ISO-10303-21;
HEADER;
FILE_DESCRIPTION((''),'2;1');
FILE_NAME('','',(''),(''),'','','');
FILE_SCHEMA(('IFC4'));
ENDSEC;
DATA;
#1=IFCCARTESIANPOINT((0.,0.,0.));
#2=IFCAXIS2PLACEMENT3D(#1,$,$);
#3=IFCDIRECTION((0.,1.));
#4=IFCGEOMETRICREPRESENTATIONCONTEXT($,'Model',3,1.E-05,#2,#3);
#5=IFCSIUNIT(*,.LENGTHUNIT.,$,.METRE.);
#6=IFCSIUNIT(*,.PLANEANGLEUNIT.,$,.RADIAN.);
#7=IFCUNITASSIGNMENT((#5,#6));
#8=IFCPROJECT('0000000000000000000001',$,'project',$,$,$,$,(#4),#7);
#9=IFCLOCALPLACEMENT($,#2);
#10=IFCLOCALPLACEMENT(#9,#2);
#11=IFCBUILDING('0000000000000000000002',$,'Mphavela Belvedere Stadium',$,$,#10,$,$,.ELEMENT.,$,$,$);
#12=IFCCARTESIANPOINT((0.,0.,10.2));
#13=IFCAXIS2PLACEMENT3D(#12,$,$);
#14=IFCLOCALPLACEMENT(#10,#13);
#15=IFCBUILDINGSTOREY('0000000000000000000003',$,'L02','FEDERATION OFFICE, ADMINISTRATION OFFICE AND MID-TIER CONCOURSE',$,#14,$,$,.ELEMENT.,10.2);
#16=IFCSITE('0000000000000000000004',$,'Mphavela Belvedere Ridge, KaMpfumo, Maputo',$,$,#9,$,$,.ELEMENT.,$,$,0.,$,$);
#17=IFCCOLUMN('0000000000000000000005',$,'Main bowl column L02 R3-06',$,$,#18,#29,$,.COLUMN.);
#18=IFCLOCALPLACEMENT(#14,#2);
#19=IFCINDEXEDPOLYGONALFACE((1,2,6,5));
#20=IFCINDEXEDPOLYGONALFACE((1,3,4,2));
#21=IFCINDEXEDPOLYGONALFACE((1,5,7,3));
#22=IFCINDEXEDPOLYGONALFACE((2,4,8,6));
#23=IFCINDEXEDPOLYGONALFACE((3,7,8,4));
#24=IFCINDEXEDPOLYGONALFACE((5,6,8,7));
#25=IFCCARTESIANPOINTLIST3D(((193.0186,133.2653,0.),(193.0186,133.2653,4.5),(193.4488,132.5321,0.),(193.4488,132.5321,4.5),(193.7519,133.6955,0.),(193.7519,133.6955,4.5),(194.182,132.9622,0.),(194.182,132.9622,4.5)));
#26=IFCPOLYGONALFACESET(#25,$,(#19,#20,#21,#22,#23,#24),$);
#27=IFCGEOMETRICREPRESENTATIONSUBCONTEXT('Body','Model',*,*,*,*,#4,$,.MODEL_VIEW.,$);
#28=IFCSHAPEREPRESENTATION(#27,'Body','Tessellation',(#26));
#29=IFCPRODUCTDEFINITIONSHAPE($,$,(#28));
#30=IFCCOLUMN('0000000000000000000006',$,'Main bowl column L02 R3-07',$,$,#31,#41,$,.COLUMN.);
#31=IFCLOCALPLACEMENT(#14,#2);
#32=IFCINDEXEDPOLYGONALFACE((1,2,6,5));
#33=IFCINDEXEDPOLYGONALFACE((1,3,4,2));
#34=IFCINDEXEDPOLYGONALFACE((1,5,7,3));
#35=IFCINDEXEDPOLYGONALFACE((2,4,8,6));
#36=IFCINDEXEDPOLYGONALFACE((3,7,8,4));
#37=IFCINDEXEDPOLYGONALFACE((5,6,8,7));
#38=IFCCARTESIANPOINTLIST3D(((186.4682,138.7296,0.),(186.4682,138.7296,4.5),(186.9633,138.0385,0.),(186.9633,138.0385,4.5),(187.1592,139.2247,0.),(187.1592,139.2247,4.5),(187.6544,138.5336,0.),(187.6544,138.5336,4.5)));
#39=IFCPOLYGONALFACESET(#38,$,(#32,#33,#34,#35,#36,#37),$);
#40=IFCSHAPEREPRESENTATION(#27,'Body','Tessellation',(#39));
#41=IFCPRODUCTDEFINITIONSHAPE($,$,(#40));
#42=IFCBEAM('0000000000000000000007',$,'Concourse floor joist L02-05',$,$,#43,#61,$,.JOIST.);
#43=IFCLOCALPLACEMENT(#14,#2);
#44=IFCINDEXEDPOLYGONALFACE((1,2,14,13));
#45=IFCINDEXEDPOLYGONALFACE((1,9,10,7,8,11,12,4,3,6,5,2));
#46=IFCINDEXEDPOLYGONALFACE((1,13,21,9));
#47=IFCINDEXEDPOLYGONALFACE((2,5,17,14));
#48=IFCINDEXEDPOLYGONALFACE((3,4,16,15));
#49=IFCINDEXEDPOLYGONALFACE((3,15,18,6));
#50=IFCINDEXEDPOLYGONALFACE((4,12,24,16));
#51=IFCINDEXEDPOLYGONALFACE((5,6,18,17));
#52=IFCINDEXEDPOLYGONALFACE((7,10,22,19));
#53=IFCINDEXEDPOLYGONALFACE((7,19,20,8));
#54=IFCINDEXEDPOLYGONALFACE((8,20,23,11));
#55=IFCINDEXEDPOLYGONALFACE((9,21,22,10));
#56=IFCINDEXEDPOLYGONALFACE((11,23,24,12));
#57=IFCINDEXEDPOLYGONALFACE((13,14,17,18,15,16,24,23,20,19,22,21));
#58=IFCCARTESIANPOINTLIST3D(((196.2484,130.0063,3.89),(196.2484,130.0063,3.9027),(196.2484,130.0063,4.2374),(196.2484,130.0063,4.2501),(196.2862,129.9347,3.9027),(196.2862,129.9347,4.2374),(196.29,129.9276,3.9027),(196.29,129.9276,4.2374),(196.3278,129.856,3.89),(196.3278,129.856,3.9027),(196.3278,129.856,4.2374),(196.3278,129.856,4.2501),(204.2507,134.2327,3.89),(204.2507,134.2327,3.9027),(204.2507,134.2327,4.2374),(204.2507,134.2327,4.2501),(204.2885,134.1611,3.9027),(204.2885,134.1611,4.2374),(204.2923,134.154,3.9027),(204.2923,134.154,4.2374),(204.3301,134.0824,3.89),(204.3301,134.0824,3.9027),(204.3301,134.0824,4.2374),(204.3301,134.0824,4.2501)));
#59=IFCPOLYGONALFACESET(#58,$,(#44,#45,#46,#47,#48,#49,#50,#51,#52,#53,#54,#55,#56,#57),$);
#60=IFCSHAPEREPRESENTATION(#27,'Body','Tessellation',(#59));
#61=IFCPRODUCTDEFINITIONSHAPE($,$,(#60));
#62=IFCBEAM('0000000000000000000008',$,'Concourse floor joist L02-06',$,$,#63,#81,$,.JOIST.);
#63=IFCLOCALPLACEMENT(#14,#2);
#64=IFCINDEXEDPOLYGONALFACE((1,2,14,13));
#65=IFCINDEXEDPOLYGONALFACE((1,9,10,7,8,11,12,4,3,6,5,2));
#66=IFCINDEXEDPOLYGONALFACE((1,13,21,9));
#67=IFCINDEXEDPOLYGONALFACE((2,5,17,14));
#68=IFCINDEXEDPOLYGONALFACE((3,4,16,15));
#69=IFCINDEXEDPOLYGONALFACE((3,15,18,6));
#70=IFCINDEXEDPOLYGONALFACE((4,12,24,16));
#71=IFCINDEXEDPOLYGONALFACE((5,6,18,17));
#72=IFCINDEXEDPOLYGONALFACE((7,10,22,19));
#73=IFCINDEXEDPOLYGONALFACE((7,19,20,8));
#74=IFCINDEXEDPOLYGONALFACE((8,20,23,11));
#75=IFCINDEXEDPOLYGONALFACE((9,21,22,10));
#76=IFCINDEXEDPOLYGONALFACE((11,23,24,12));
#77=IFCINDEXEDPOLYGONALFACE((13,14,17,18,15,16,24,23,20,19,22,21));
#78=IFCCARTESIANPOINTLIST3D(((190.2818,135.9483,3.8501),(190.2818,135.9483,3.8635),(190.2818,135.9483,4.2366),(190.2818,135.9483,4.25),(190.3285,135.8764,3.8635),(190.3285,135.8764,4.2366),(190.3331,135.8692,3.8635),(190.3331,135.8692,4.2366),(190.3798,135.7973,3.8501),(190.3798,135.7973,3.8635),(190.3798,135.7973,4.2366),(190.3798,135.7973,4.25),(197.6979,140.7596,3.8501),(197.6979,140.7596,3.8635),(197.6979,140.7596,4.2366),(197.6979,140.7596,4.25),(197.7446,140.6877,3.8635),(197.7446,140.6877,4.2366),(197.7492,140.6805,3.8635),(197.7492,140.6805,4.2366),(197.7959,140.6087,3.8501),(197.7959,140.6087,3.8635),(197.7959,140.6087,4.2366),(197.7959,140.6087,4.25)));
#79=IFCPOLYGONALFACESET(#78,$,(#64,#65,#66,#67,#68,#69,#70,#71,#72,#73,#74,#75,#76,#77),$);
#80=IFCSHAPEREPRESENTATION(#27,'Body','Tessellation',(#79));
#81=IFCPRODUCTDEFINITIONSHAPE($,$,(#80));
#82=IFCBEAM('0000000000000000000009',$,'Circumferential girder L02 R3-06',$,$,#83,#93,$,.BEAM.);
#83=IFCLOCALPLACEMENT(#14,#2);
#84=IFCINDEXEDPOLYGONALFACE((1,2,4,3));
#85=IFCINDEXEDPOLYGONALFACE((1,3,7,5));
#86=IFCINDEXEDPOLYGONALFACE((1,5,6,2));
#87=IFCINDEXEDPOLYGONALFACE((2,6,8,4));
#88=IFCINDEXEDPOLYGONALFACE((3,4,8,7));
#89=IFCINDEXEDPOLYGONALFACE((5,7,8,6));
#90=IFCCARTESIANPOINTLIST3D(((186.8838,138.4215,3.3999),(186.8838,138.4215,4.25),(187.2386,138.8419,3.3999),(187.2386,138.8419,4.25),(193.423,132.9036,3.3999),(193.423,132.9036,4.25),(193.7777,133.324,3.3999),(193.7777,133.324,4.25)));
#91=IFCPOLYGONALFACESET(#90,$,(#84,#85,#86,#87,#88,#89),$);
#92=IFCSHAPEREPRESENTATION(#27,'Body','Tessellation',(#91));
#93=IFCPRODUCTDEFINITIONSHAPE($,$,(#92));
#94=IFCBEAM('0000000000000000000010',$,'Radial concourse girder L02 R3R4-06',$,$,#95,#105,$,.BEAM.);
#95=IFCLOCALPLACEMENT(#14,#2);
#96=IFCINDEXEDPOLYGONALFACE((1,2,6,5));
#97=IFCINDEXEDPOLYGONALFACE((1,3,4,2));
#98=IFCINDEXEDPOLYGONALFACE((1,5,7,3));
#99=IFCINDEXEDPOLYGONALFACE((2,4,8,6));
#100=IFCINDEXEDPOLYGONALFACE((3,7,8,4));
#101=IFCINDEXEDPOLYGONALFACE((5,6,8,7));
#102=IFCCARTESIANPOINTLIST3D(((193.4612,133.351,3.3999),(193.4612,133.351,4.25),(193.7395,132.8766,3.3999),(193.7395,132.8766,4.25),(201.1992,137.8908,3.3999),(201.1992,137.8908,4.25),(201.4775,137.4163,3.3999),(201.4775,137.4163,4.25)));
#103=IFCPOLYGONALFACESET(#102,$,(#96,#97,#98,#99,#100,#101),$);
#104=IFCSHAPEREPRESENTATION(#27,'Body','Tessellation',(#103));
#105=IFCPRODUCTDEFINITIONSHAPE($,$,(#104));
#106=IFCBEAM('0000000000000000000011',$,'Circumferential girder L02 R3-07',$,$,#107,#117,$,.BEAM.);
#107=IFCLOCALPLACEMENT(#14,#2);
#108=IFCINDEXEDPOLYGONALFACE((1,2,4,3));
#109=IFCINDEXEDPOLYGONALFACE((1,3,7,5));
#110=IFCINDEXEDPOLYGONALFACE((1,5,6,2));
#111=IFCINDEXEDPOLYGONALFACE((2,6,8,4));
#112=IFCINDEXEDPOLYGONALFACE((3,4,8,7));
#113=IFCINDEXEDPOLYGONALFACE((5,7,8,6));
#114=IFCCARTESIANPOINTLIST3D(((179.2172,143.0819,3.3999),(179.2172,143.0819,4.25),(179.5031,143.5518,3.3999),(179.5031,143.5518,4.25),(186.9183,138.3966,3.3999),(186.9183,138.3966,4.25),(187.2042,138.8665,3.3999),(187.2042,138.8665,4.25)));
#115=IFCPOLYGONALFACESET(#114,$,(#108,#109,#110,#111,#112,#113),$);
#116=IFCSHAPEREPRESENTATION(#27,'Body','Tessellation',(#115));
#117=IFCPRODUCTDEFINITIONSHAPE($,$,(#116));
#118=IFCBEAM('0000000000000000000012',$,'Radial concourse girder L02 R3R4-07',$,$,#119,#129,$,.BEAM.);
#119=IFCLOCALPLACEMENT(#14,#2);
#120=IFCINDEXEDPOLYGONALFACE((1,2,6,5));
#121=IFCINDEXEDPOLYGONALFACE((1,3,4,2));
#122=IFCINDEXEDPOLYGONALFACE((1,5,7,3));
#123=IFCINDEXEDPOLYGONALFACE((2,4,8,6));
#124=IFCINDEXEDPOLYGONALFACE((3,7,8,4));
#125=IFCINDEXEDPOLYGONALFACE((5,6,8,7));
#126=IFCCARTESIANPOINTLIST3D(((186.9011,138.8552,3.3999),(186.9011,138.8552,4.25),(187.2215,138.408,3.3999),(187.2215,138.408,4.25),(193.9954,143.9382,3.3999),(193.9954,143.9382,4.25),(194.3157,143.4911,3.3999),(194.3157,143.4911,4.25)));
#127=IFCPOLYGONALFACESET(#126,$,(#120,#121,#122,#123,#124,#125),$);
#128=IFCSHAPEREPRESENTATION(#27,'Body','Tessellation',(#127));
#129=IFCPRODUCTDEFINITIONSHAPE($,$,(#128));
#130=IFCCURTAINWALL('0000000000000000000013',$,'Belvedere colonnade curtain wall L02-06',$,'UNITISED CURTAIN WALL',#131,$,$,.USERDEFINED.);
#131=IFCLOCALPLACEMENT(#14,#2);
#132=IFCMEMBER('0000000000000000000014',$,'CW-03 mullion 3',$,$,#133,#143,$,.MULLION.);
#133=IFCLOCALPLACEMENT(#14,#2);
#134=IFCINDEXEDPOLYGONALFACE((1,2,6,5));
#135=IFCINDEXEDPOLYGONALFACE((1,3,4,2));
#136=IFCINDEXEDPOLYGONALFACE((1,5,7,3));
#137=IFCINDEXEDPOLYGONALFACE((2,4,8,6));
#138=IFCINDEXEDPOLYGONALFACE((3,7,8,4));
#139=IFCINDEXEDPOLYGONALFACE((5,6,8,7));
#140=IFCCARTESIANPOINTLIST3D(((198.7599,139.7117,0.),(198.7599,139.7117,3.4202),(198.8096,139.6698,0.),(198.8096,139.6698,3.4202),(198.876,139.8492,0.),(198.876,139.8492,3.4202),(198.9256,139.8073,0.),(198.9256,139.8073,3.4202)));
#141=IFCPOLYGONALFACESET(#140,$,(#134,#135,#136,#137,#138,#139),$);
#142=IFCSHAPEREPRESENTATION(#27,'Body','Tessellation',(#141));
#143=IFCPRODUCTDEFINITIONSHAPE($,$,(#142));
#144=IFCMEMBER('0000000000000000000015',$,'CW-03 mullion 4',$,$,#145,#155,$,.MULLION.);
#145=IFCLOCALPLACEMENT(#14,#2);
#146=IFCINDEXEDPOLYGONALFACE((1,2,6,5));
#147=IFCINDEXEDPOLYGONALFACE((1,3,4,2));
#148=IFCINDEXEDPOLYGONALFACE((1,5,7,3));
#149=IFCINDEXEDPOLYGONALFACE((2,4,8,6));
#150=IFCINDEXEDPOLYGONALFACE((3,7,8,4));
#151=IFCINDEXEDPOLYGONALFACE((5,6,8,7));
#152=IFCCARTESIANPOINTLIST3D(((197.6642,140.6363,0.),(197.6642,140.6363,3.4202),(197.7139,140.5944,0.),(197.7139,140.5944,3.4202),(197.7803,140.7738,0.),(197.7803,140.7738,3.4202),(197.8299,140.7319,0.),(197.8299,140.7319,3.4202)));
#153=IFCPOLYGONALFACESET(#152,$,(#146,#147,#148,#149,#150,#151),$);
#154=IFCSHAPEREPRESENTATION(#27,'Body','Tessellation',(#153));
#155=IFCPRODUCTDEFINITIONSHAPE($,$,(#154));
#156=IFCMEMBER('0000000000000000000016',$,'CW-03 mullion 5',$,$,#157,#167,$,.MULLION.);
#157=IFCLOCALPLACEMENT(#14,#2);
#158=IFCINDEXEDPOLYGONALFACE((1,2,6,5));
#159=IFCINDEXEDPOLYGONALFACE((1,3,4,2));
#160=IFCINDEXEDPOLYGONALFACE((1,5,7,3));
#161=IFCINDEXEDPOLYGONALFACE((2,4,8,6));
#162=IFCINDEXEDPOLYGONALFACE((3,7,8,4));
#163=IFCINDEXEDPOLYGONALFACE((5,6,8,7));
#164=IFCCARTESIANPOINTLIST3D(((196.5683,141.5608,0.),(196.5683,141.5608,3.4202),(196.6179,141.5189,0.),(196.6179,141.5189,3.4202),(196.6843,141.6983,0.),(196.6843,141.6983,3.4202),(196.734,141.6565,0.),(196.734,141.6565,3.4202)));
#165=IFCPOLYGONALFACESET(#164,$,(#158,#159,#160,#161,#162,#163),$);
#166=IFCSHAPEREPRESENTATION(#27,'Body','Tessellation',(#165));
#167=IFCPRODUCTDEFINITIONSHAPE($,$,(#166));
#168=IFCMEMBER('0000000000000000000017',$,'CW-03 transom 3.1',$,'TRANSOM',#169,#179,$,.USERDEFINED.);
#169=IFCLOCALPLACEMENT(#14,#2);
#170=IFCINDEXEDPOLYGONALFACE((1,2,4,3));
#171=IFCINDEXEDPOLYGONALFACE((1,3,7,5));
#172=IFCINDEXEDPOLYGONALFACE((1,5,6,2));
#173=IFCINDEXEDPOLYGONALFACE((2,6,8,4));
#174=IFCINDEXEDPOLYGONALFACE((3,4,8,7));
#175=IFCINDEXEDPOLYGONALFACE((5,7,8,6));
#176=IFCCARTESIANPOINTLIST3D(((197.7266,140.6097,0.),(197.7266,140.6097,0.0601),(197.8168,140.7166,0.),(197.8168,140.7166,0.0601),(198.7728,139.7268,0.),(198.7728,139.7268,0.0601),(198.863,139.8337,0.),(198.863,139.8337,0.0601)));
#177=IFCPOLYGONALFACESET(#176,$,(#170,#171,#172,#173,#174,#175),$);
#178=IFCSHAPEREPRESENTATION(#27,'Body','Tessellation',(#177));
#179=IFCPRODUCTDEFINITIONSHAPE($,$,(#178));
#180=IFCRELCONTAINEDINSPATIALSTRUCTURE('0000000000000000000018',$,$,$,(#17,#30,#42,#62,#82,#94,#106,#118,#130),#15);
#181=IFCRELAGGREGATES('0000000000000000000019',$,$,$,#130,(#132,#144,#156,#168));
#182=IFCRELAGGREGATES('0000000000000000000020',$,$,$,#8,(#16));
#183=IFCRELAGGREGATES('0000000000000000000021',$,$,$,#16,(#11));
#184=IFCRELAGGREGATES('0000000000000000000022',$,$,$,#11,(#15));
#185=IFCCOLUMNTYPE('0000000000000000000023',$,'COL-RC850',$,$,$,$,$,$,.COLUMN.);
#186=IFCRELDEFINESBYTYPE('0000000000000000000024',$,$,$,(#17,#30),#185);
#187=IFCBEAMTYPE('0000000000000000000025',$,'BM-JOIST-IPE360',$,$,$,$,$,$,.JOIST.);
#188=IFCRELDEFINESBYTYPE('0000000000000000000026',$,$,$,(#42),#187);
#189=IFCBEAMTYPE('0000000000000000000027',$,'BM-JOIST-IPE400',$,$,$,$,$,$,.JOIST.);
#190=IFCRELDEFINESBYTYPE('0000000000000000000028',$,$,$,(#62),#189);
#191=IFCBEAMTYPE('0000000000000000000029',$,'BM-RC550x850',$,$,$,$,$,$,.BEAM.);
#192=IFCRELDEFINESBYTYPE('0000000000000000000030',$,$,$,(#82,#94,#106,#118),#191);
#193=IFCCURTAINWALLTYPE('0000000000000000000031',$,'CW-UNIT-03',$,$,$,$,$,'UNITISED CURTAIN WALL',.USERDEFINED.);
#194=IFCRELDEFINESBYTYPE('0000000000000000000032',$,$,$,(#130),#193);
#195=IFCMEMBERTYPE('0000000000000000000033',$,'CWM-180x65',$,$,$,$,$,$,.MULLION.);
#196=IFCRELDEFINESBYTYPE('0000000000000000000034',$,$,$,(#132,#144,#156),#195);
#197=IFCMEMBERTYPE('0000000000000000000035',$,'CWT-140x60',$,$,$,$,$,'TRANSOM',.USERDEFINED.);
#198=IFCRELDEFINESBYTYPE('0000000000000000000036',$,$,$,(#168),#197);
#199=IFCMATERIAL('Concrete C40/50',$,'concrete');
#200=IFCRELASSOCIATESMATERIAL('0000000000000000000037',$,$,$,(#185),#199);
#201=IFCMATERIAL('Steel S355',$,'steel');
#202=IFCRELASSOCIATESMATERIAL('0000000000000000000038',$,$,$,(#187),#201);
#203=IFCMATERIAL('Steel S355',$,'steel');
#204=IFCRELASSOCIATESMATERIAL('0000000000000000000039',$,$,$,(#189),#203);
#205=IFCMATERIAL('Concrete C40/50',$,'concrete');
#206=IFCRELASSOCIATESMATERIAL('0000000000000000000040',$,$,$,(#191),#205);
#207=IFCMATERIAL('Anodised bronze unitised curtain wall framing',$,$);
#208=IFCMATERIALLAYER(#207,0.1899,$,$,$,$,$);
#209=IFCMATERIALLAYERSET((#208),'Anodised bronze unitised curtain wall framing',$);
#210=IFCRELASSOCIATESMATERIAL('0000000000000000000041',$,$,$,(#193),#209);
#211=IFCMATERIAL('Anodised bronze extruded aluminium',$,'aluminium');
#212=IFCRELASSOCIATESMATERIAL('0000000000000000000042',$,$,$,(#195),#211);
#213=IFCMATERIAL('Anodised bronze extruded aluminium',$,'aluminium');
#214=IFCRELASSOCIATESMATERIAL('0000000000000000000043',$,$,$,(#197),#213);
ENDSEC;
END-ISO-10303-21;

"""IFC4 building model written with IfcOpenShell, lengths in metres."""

from ifc_helpers import new_model, si_unit, direction, frame, origin, origin_2d, place, context, subcontext, project, spatial, rectangle, i_section, extrude, material, layer, layer_set, material_profile, profile_set, type_object, element, aggregate, save


model = new_model("IFC4")

# Units and contexts
model_context = context("Model", 3, precision=1e-05, world=origin(), true_north=direction((0.0, 1.0)))
body_context = subcontext(model_context, "Body", "Model", "MODEL_VIEW")
ifc_project = project(units=[si_unit("LENGTHUNIT", "METRE"), si_unit("PLANEANGLEUNIT", "RADIAN")], contexts=[model_context])

# Site, building, storey
site_placement = place(None, origin())
site = spatial("IfcSite", under=ifc_project, at=site_placement, Name="Mphavela Belvedere Ridge, KaMpfumo, Maputo", CompositionType="ELEMENT", RefElevation=0.0)
building_placement = place(site_placement, origin())
building = spatial("IfcBuilding", under=site, at=building_placement, Name="Mphavela Belvedere Stadium", CompositionType="ELEMENT")
storey_placement = place(building_placement, frame((0.0, 0.0, 10.2)))
storey = spatial("IfcBuildingStorey", under=building, at=storey_placement, Name="L02", Description="FEDERATION OFFICE, ADMINISTRATION OFFICE AND MID-TIER CONCOURSE", CompositionType="ELEMENT", Elevation=10.2)

# Columns
ifc_material_1 = material(Name="Concrete C40/50", Category="concrete")
ifc_material_profile_1 = material_profile(ifc_material_1, rectangle(XDim=0.8501, YDim=0.8501, at=origin_2d()), Name="RC 850x850")
ifc_profile_set_1 = profile_set([ifc_material_profile_1], Name="Concrete C40/50")
column_type = type_object("IfcColumnType", Name="COL-RC850", PredefinedType="COLUMN", material=ifc_profile_set_1)
for number, where, z_axis, x_axis, name in (
    (1, (193.6003, 133.1138, 0.0), (0.0, 0.0, 1.0), (0.862514, 0.506034, 0.0), "Main bowl column L02 R3-06"),
    (2, (187.0613, 138.6316, 0.0), (0.0, 0.0, 1.0), (0.812898, 0.582407, 0.0), "Main bowl column L02 R3-07"),
):
    element("IfcColumn", number, at=place(storey_placement, frame(where, z_axis=z_axis, x_axis=x_axis)), inside=storey, type_object=column_type, Name=name, PredefinedType="COLUMN", context=body_context, shape_type="SweptSolid", body=[
        extrude(rectangle(XDim=0.8501, YDim=0.8501, at=origin_2d()), origin(), (0.0, 0.0, 1.0), 4.5),
    ])

# Beams
ifc_material_2 = material(Name="Steel S355", Category="steel")
ifc_material_profile_2 = material_profile(ifc_material_2, i_section(OverallWidth=0.1699, OverallDepth=0.3601, WebThickness=0.0081, FlangeThickness=0.0127, at=origin_2d()), Name="IPE 360")
ifc_profile_set_2 = profile_set([ifc_material_profile_2], Name="Steel S355")
beam_type_1 = type_object("IfcBeamType", Name="BM-JOIST-IPE360", PredefinedType="JOIST", material=ifc_profile_set_2)
beam_1_placement = place(storey_placement, frame((196.2881, 129.9312, 4.0701), z_axis=(0.884251, 0.467012, 0.0), x_axis=(-0.467012, 0.884251, 0.0)))
element("IfcBeam", 3, at=beam_1_placement, inside=storey, type_object=beam_type_1, Name="Concourse floor joist L02-05", PredefinedType="JOIST", context=body_context, shape_type="SweptSolid", body=[
    extrude(i_section(OverallWidth=0.1699, OverallDepth=0.3601, WebThickness=0.0081, FlangeThickness=0.0127, at=origin_2d()), origin(), (0.0, 0.0, 1.0), 9.0498),
])
ifc_material_3 = material(Name="Steel S355", Category="steel")
ifc_material_profile_3 = material_profile(ifc_material_3, i_section(OverallWidth=0.1799, OverallDepth=0.3999, WebThickness=0.0085, FlangeThickness=0.0134, at=origin_2d()), Name="IPE 400")
ifc_profile_set_3 = profile_set([ifc_material_profile_3], Name="Steel S355")
beam_type_2 = type_object("IfcBeamType", Name="BM-JOIST-IPE400", PredefinedType="JOIST", material=ifc_profile_set_3)
beam_2_placement = place(storey_placement, frame((190.3308, 135.8728, 4.05), z_axis=(0.838915, 0.544262, 0.0), x_axis=(-0.544262, 0.838915, 0.0)))
element("IfcBeam", 4, at=beam_2_placement, inside=storey, type_object=beam_type_2, Name="Concourse floor joist L02-06", PredefinedType="JOIST", context=body_context, shape_type="SweptSolid", body=[
    extrude(i_section(OverallWidth=0.1799, OverallDepth=0.3999, WebThickness=0.0085, FlangeThickness=0.0134, at=origin_2d()), origin(), (0.0, 0.0, 1.0), 8.8401),
])
ifc_material_4 = material(Name="Concrete C40/50", Category="concrete")
ifc_material_profile_4 = material_profile(ifc_material_4, rectangle(XDim=0.55, YDim=0.8501, at=origin_2d()), Name="RC 550x850")
ifc_profile_set_4 = profile_set([ifc_material_profile_4], Name="Concrete C40/50")
beam_type_3 = type_object("IfcBeamType", Name="BM-RC550x850", PredefinedType="BEAM", material=ifc_profile_set_4)
beam_3_placement = place(storey_placement, frame((193.6003, 133.1138, 3.825), z_axis=(-0.764263, 0.644904, 0.0), x_axis=(-0.644904, -0.764263, 0.0)))
element("IfcBeam", 5, at=beam_3_placement, inside=storey, type_object=beam_type_3, Name="Circumferential girder L02 R3-06", PredefinedType="BEAM", context=body_context, shape_type="SweptSolid", body=[
    extrude(rectangle(XDim=0.55, YDim=0.8501, at=origin_2d()), origin(), (0.0, 0.0, 1.0), 8.5562),
])
beam_4_placement = place(storey_placement, frame((193.6003, 133.1138, 3.825), z_axis=(0.862518, 0.506027, 0.0), x_axis=(-0.506027, 0.862518, 0.0)))
element("IfcBeam", 6, at=beam_4_placement, inside=storey, type_object=beam_type_3, Name="Radial concourse girder L02 R3R4-06", PredefinedType="BEAM", context=body_context, shape_type="SweptSolid", body=[
    extrude(rectangle(XDim=0.55, YDim=0.8501, at=origin_2d()), origin(), (0.0, 0.0, 1.0), 8.9714),
])
beam_5_placement = place(storey_placement, frame((187.0613, 138.6316, 3.825), z_axis=(-0.854315, 0.519755, 0.0), x_axis=(-0.519755, -0.854315, 0.0)))
element("IfcBeam", 7, at=beam_5_placement, inside=storey, type_object=beam_type_3, Name="Circumferential girder L02 R3-07", PredefinedType="BEAM", context=body_context, shape_type="SweptSolid", body=[
    extrude(rectangle(XDim=0.55, YDim=0.8501, at=origin_2d()), origin(), (0.0, 0.0, 1.0), 9.0144),
])
beam_6_placement = place(storey_placement, frame((187.0613, 138.6316, 3.825), z_axis=(0.812882, 0.582428, 0.0), x_axis=(-0.582428, 0.812882, 0.0)))
element("IfcBeam", 8, at=beam_6_placement, inside=storey, type_object=beam_type_3, Name="Radial concourse girder L02 R3R4-07", PredefinedType="BEAM", context=body_context, shape_type="SweptSolid", body=[
    extrude(rectangle(XDim=0.55, YDim=0.8501, at=origin_2d()), origin(), (0.0, 0.0, 1.0), 8.7273),
])

# Curtain wall, members
ifc_material_5 = material(Name="Anodised bronze unitised curtain wall framing")
ifc_layer_1 = layer(ifc_material_5, 0.1899)
ifc_layer_set_1 = layer_set([ifc_layer_1], Name="Anodised bronze unitised curtain wall framing")
curtain_wall_type = type_object("IfcCurtainWallType", Name="CW-UNIT-03", ElementType="UNITISED CURTAIN WALL", PredefinedType="USERDEFINED", material=ifc_layer_set_1)
curtain_wall_placement = place(storey_placement, origin())
curtain_wall = element("IfcCurtainWall", 9, at=curtain_wall_placement, inside=storey, type_object=curtain_wall_type, Name="Belvedere colonnade curtain wall L02-06", ObjectType="UNITISED CURTAIN WALL", PredefinedType="USERDEFINED")
ifc_material_6 = material(Name="Anodised bronze extruded aluminium", Category="aluminium")
ifc_material_profile_5 = material_profile(ifc_material_6, rectangle(XDim=0.1799, YDim=0.0649, at=origin_2d()), Name="CW-MUL 180x65")
ifc_profile_set_5 = profile_set([ifc_material_profile_5], Name="Anodised bronze extruded aluminium")
member_type_1 = type_object("IfcMemberType", Name="CWM-180x65", PredefinedType="MULLION", material=ifc_profile_set_5)
member_1_placement = place(storey_placement, frame((198.8428, 139.7595, 0.0), z_axis=(0.0, 0.0, 1.0), x_axis=(-0.644907, -0.764261, 0.0)))
member_1 = element("IfcMember", 10, at=member_1_placement, type_object=member_type_1, Name="CW-03 mullion 3", PredefinedType="MULLION", context=body_context, shape_type="SweptSolid", body=[
    extrude(rectangle(XDim=0.1799, YDim=0.0649, at=origin_2d()), origin(), (0.0, 0.0, 1.0), 3.4202),
])
member_2_placement = place(storey_placement, frame((197.7471, 140.6841, 0.0), z_axis=(0.0, 0.0, 1.0), x_axis=(-0.644907, -0.764261, 0.0)))
member_2 = element("IfcMember", 11, at=member_2_placement, type_object=member_type_1, Name="CW-03 mullion 4", PredefinedType="MULLION", context=body_context, shape_type="SweptSolid", body=[
    extrude(rectangle(XDim=0.1799, YDim=0.0649, at=origin_2d()), origin(), (0.0, 0.0, 1.0), 3.4202),
])
member_3_placement = place(storey_placement, frame((196.6511, 141.6086, 0.0), z_axis=(0.0, 0.0, 1.0), x_axis=(-0.644907, -0.764261, 0.0)))
member_3 = element("IfcMember", 12, at=member_3_placement, type_object=member_type_1, Name="CW-03 mullion 5", PredefinedType="MULLION", context=body_context, shape_type="SweptSolid", body=[
    extrude(rectangle(XDim=0.1799, YDim=0.0649, at=origin_2d()), origin(), (0.0, 0.0, 1.0), 3.4202),
])
ifc_material_7 = material(Name="Anodised bronze extruded aluminium", Category="aluminium")
ifc_material_profile_6 = material_profile(ifc_material_7, rectangle(XDim=0.1399, YDim=0.0601, at=origin_2d()), Name="CW-TRN 140x60")
ifc_profile_set_6 = profile_set([ifc_material_profile_6], Name="Anodised bronze extruded aluminium")
member_type_2 = type_object("IfcMemberType", Name="CWT-140x60", ElementType="TRANSOM", PredefinedType="USERDEFINED", material=ifc_profile_set_6)
member_4_placement = place(storey_placement, frame((198.8179, 139.7803, 0.03), z_axis=(-0.764245, 0.644926, 0.0), x_axis=(-0.644926, -0.764245, 0.0)))
member_4 = element("IfcMember", 13, at=member_4_placement, type_object=member_type_2, Name="CW-03 transom 3.1", ObjectType="TRANSOM", PredefinedType="USERDEFINED", context=body_context, shape_type="SweptSolid", body=[
    extrude(rectangle(XDim=0.1399, YDim=0.0601, at=origin_2d()), origin(), (0.0, 0.0, 1.0), 1.3689),
])
aggregate(curtain_wall, [member_1, member_2, member_3, member_4])

save(model, "model.ifc")
